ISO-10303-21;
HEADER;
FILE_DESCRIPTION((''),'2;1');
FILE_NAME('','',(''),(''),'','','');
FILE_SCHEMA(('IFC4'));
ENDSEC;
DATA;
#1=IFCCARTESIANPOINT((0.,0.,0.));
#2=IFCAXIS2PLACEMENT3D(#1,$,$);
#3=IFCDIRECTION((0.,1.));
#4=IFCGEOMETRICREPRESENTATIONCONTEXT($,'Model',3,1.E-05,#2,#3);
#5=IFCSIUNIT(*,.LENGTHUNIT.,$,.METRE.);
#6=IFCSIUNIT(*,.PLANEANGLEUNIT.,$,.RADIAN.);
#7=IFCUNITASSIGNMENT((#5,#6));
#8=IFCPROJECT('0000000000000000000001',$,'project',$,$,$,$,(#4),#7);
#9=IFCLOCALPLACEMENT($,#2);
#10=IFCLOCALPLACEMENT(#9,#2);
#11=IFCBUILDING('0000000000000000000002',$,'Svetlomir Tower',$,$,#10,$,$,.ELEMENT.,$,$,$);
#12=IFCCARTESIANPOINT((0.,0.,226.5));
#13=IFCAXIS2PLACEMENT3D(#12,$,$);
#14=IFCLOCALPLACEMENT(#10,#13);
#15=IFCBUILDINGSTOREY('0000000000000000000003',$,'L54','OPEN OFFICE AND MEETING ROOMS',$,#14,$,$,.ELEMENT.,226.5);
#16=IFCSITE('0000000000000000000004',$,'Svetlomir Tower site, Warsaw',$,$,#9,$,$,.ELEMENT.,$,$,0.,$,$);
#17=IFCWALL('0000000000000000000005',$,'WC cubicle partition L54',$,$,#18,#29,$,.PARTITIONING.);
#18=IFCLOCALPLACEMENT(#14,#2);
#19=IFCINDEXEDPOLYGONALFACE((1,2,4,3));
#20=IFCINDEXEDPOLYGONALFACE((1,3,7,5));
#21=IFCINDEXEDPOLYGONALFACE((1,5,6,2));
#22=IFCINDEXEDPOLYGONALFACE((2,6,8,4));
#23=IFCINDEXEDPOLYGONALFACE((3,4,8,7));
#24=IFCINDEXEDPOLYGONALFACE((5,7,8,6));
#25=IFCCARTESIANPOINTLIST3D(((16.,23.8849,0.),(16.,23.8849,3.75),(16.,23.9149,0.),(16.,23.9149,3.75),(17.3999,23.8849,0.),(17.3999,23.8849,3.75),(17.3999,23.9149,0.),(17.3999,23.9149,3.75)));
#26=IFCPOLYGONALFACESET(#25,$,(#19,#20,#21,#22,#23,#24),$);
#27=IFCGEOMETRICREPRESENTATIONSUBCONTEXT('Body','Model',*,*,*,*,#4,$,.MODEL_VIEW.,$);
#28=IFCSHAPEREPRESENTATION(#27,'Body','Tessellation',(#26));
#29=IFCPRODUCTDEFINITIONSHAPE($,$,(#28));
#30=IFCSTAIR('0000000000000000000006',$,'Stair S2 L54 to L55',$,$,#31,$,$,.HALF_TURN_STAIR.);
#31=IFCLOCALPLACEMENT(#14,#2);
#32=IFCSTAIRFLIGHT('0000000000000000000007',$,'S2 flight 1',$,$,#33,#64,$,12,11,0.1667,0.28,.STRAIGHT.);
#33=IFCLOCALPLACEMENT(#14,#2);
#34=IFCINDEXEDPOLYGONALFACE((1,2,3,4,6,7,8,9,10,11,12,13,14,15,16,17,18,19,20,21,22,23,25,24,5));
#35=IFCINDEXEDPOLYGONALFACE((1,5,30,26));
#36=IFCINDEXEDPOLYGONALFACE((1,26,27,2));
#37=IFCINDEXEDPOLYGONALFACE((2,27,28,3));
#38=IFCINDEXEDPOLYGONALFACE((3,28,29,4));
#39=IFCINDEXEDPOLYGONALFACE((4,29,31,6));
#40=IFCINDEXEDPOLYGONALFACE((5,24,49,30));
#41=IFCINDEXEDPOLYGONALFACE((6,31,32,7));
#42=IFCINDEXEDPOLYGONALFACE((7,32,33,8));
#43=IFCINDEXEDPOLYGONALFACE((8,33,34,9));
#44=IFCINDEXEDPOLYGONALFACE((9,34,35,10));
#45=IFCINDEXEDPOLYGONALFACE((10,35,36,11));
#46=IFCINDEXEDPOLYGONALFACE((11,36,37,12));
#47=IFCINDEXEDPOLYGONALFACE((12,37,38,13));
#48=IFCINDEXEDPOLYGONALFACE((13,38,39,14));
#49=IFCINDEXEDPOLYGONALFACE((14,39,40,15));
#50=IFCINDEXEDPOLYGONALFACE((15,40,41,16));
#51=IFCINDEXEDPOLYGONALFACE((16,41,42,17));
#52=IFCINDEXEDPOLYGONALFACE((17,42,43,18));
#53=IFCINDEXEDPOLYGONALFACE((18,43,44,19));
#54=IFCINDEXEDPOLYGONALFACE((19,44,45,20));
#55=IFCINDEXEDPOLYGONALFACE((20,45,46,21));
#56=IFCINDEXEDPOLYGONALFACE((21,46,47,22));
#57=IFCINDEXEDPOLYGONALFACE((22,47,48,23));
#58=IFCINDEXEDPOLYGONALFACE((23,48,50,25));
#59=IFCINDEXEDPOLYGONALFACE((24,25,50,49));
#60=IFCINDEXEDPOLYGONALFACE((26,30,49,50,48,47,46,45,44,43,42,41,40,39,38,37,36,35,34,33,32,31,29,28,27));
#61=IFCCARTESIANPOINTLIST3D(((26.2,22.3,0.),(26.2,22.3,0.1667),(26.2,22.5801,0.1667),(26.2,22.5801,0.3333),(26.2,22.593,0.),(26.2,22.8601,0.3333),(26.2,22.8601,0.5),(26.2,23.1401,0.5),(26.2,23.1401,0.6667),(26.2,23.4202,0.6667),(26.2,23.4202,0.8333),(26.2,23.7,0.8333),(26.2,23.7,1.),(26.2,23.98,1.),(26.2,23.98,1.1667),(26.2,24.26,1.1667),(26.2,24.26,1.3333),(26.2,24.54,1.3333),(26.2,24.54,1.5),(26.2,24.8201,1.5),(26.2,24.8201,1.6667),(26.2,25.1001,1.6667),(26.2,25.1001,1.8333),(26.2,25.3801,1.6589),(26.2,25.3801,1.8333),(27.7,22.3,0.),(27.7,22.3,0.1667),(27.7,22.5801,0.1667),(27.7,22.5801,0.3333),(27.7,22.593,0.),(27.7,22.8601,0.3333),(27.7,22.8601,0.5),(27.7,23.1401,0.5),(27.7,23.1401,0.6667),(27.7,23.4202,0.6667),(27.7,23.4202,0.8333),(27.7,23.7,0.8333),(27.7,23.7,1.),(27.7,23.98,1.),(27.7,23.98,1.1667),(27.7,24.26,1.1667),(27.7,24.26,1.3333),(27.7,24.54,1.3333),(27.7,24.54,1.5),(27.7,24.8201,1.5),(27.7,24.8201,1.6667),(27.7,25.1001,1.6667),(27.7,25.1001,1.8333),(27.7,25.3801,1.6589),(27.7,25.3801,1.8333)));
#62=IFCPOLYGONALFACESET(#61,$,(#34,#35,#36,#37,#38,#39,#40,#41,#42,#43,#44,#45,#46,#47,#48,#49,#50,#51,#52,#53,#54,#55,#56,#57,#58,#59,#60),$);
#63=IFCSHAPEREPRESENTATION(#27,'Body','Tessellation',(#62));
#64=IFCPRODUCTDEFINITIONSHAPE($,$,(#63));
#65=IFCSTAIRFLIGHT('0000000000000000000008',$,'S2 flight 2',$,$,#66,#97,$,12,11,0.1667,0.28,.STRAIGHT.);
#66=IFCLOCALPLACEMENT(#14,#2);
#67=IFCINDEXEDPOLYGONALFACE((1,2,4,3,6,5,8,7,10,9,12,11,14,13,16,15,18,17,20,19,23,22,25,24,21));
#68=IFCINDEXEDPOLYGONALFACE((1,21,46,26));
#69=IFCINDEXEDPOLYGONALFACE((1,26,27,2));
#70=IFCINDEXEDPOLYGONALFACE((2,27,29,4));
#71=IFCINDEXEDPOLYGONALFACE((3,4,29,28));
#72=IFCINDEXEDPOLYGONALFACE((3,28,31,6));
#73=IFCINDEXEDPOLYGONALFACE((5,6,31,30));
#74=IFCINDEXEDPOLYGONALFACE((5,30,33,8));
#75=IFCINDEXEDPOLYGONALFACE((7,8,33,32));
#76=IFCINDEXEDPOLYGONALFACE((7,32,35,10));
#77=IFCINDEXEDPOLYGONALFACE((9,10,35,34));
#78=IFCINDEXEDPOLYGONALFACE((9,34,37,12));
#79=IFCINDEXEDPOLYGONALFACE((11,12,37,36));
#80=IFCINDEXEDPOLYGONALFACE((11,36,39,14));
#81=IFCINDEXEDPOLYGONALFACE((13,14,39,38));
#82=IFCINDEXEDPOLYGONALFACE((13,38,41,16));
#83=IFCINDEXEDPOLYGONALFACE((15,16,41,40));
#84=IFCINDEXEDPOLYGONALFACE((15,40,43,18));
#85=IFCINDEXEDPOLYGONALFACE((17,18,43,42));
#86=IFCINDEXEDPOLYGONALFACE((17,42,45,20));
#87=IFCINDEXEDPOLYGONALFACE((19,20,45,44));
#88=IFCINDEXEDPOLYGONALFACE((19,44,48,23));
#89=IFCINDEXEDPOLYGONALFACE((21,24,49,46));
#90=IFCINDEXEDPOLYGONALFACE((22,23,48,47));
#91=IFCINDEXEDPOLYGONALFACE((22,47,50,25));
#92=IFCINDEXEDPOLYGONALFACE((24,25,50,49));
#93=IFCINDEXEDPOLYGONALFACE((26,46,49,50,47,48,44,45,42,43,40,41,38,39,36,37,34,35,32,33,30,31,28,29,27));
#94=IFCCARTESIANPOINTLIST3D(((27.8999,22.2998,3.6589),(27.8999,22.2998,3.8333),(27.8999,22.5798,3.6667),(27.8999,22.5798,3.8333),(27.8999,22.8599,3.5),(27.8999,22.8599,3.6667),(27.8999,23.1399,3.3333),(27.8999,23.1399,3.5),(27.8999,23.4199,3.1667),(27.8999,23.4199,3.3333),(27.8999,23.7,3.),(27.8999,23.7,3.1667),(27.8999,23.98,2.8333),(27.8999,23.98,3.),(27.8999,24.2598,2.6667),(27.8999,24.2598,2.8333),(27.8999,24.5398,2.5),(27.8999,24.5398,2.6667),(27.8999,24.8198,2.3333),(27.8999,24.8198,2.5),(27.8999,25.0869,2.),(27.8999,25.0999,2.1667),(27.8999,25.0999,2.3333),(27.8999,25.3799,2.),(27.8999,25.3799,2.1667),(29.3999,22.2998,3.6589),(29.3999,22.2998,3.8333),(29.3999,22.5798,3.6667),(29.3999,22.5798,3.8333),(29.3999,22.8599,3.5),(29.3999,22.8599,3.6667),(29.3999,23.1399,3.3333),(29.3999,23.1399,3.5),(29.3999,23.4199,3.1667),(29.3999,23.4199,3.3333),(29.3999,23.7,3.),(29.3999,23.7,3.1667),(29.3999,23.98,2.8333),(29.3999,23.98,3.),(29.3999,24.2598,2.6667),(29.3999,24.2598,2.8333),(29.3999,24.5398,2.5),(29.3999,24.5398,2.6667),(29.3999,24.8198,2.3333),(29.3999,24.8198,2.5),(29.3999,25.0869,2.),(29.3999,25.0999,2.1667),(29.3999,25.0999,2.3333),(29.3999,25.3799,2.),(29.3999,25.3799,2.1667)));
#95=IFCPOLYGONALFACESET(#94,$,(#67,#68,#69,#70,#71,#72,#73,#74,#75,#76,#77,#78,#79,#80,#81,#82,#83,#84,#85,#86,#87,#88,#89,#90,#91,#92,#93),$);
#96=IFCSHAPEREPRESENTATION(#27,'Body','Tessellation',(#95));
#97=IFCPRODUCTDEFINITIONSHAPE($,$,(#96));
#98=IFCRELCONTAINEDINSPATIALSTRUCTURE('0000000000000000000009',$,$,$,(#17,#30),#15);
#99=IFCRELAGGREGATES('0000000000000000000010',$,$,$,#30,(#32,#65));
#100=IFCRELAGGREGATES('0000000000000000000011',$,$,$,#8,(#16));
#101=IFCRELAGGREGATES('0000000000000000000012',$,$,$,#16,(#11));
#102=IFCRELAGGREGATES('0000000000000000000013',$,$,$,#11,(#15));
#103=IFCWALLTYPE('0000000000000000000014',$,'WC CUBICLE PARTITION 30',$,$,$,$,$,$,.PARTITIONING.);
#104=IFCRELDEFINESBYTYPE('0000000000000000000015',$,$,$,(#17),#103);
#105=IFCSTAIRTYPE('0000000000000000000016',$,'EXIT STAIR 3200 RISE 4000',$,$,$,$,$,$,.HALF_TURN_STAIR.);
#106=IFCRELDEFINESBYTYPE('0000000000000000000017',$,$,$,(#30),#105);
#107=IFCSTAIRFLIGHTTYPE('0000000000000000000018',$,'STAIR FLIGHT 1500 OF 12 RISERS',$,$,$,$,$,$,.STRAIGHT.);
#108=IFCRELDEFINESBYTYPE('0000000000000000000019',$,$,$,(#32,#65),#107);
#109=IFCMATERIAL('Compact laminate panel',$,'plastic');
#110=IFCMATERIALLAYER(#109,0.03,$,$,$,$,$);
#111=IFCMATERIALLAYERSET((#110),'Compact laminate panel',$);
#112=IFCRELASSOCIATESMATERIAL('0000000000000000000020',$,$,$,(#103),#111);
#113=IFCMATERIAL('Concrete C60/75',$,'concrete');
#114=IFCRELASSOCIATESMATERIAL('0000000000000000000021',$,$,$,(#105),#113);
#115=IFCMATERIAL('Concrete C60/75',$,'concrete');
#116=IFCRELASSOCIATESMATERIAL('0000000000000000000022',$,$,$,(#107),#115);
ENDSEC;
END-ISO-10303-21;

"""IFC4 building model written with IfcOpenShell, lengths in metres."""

from ifc_helpers import new_model, si_unit, direction, frame, frame_2d, origin, place, context, subcontext, project, spatial, polyline, rectangle, outline, extrude, material, layer, layer_set, type_object, element, aggregate, save


model = new_model("IFC4")

# Units and contexts
model_context = context("Model", 3, precision=1e-05, world=origin(), true_north=direction((0.0, 1.0)))
body_context = subcontext(model_context, "Body", "Model", "MODEL_VIEW")
ifc_project = project(units=[si_unit("LENGTHUNIT", "METRE"), si_unit("PLANEANGLEUNIT", "RADIAN")], contexts=[model_context])

# Site, building, storey
site_placement = place(None, origin())
site = spatial("IfcSite", under=ifc_project, at=site_placement, Name="Svetlomir Tower site, Warsaw", CompositionType="ELEMENT", RefElevation=0.0)
building_placement = place(site_placement, origin())
building = spatial("IfcBuilding", under=site, at=building_placement, Name="Svetlomir Tower", CompositionType="ELEMENT")
storey_placement = place(building_placement, frame((0.0, 0.0, 226.5)))
storey = spatial("IfcBuildingStorey", under=building, at=storey_placement, Name="L54", Description="OPEN OFFICE AND MEETING ROOMS", CompositionType="ELEMENT", Elevation=226.5)

# Wall
ifc_material_1 = material(Name="Compact laminate panel", Category="plastic")
ifc_layer_1 = layer(ifc_material_1, 0.03)
ifc_layer_set_1 = layer_set([ifc_layer_1], Name="Compact laminate panel")
wall_type_1 = type_object("IfcWallType", Name="WC CUBICLE PARTITION 30", PredefinedType="PARTITIONING", material=ifc_layer_set_1)
wall_1_placement = place(storey_placement, frame((16.0, 23.8999, 0.0), z_axis=(0.0, 0.0, 1.0), x_axis=(1.0, 0.0, 0.0)))
element("IfcWall", 1, at=wall_1_placement, inside=storey, type_object=wall_type_1, Name="WC cubicle partition L54", PredefinedType="PARTITIONING", context=body_context, shape_type="SweptSolid", body=[
    extrude(rectangle(XDim=1.3999, YDim=0.03, at=frame_2d((0.7, 0.0))), origin(), (0.0, 0.0, 1.0), 3.75),
])

# Stair, stair flights
ifc_material_2 = material(Name="Concrete C60/75", Category="concrete")
stair_type = type_object("IfcStairType", Name="EXIT STAIR 3200 RISE 4000", PredefinedType="HALF_TURN_STAIR", material=ifc_material_2)
stair_placement = place(storey_placement, origin())
stair = element("IfcStair", 2, at=stair_placement, inside=storey, type_object=stair_type, Name="Stair S2 L54 to L55", PredefinedType="HALF_TURN_STAIR")
ifc_material_3 = material(Name="Concrete C60/75", Category="concrete")
stair_flight_type = type_object("IfcStairFlightType", Name="STAIR FLIGHT 1500 OF 12 RISERS", PredefinedType="STRAIGHT", material=ifc_material_3)
stair_flight_1_placement = place(storey_placement, frame((26.95, 22.3, 0.0), z_axis=(0.0, 0.0, 1.0), x_axis=(0.0, 1.0, 0.0)))
stair_flight_1 = element("IfcStairFlight", 3, at=stair_flight_1_placement, type_object=stair_flight_type, Name="S2 flight 1", NumberOfRisers=12, NumberOfTreads=11, PredefinedType="STRAIGHT", RiserHeight=0.1667, TreadLength=0.28, context=body_context, shape_type="SweptSolid", body=[
    extrude(outline(polyline([(0.0, 0.0), (0.0, 0.1667), (0.28, 0.1667), (0.28, 0.3333), (0.5601, 0.3333), (0.5601, 0.5), (0.8401, 0.5), (0.8401, 0.6667), (1.1201, 0.6667), (1.1201, 0.8333), (1.3999, 0.8333), (1.3999, 1.0), (1.6799, 1.0), (1.6799, 1.1667), (1.96, 1.1667), (1.96, 1.3333), (2.24, 1.3333), (2.24, 1.5), (2.52, 1.5), (2.52, 1.6667), (2.8, 1.6667), (2.8, 1.8333), (3.0801, 1.8333), (3.0801, 2.0), (3.0801, 1.6589), (0.293, 0.0), (0.0, 0.0)])), frame((0.0, 0.75, 0.0), z_axis=(0.0, -1.0, 0.0), x_axis=(1.0, 0.0, 0.0)), (0.0, 0.0, 1.0), 1.5),
])
stair_flight_2_placement = place(storey_placement, frame((28.6499, 25.3799, 2.0), z_axis=(0.0, 0.0, 1.0), x_axis=(0.0, -1.0, 0.0)))
stair_flight_2 = element("IfcStairFlight", 4, at=stair_flight_2_placement, type_object=stair_flight_type, Name="S2 flight 2", NumberOfRisers=12, NumberOfTreads=11, PredefinedType="STRAIGHT", RiserHeight=0.1667, TreadLength=0.28, context=body_context, shape_type="SweptSolid", body=[
    extrude(outline(polyline([(0.0, 0.0), (0.0, 0.1667), (0.28, 0.1667), (0.28, 0.3333), (0.5601, 0.3333), (0.5601, 0.5), (0.8401, 0.5), (0.8401, 0.6667), (1.1201, 0.6667), (1.1201, 0.8333), (1.3999, 0.8333), (1.3999, 1.0), (1.6799, 1.0), (1.6799, 1.1667), (1.96, 1.1667), (1.96, 1.3333), (2.24, 1.3333), (2.24, 1.5), (2.52, 1.5), (2.52, 1.6667), (2.8, 1.6667), (2.8, 1.8333), (3.0801, 1.8333), (3.0801, 2.0), (3.0801, 1.6589), (0.293, 0.0), (0.0, 0.0)])), frame((0.0, 0.75, 0.0), z_axis=(0.0, -1.0, 0.0), x_axis=(1.0, 0.0, 0.0)), (0.0, 0.0, 1.0), 1.5),
])
aggregate(stair, [stair_flight_1, stair_flight_2])

save(model, "model.ifc")
